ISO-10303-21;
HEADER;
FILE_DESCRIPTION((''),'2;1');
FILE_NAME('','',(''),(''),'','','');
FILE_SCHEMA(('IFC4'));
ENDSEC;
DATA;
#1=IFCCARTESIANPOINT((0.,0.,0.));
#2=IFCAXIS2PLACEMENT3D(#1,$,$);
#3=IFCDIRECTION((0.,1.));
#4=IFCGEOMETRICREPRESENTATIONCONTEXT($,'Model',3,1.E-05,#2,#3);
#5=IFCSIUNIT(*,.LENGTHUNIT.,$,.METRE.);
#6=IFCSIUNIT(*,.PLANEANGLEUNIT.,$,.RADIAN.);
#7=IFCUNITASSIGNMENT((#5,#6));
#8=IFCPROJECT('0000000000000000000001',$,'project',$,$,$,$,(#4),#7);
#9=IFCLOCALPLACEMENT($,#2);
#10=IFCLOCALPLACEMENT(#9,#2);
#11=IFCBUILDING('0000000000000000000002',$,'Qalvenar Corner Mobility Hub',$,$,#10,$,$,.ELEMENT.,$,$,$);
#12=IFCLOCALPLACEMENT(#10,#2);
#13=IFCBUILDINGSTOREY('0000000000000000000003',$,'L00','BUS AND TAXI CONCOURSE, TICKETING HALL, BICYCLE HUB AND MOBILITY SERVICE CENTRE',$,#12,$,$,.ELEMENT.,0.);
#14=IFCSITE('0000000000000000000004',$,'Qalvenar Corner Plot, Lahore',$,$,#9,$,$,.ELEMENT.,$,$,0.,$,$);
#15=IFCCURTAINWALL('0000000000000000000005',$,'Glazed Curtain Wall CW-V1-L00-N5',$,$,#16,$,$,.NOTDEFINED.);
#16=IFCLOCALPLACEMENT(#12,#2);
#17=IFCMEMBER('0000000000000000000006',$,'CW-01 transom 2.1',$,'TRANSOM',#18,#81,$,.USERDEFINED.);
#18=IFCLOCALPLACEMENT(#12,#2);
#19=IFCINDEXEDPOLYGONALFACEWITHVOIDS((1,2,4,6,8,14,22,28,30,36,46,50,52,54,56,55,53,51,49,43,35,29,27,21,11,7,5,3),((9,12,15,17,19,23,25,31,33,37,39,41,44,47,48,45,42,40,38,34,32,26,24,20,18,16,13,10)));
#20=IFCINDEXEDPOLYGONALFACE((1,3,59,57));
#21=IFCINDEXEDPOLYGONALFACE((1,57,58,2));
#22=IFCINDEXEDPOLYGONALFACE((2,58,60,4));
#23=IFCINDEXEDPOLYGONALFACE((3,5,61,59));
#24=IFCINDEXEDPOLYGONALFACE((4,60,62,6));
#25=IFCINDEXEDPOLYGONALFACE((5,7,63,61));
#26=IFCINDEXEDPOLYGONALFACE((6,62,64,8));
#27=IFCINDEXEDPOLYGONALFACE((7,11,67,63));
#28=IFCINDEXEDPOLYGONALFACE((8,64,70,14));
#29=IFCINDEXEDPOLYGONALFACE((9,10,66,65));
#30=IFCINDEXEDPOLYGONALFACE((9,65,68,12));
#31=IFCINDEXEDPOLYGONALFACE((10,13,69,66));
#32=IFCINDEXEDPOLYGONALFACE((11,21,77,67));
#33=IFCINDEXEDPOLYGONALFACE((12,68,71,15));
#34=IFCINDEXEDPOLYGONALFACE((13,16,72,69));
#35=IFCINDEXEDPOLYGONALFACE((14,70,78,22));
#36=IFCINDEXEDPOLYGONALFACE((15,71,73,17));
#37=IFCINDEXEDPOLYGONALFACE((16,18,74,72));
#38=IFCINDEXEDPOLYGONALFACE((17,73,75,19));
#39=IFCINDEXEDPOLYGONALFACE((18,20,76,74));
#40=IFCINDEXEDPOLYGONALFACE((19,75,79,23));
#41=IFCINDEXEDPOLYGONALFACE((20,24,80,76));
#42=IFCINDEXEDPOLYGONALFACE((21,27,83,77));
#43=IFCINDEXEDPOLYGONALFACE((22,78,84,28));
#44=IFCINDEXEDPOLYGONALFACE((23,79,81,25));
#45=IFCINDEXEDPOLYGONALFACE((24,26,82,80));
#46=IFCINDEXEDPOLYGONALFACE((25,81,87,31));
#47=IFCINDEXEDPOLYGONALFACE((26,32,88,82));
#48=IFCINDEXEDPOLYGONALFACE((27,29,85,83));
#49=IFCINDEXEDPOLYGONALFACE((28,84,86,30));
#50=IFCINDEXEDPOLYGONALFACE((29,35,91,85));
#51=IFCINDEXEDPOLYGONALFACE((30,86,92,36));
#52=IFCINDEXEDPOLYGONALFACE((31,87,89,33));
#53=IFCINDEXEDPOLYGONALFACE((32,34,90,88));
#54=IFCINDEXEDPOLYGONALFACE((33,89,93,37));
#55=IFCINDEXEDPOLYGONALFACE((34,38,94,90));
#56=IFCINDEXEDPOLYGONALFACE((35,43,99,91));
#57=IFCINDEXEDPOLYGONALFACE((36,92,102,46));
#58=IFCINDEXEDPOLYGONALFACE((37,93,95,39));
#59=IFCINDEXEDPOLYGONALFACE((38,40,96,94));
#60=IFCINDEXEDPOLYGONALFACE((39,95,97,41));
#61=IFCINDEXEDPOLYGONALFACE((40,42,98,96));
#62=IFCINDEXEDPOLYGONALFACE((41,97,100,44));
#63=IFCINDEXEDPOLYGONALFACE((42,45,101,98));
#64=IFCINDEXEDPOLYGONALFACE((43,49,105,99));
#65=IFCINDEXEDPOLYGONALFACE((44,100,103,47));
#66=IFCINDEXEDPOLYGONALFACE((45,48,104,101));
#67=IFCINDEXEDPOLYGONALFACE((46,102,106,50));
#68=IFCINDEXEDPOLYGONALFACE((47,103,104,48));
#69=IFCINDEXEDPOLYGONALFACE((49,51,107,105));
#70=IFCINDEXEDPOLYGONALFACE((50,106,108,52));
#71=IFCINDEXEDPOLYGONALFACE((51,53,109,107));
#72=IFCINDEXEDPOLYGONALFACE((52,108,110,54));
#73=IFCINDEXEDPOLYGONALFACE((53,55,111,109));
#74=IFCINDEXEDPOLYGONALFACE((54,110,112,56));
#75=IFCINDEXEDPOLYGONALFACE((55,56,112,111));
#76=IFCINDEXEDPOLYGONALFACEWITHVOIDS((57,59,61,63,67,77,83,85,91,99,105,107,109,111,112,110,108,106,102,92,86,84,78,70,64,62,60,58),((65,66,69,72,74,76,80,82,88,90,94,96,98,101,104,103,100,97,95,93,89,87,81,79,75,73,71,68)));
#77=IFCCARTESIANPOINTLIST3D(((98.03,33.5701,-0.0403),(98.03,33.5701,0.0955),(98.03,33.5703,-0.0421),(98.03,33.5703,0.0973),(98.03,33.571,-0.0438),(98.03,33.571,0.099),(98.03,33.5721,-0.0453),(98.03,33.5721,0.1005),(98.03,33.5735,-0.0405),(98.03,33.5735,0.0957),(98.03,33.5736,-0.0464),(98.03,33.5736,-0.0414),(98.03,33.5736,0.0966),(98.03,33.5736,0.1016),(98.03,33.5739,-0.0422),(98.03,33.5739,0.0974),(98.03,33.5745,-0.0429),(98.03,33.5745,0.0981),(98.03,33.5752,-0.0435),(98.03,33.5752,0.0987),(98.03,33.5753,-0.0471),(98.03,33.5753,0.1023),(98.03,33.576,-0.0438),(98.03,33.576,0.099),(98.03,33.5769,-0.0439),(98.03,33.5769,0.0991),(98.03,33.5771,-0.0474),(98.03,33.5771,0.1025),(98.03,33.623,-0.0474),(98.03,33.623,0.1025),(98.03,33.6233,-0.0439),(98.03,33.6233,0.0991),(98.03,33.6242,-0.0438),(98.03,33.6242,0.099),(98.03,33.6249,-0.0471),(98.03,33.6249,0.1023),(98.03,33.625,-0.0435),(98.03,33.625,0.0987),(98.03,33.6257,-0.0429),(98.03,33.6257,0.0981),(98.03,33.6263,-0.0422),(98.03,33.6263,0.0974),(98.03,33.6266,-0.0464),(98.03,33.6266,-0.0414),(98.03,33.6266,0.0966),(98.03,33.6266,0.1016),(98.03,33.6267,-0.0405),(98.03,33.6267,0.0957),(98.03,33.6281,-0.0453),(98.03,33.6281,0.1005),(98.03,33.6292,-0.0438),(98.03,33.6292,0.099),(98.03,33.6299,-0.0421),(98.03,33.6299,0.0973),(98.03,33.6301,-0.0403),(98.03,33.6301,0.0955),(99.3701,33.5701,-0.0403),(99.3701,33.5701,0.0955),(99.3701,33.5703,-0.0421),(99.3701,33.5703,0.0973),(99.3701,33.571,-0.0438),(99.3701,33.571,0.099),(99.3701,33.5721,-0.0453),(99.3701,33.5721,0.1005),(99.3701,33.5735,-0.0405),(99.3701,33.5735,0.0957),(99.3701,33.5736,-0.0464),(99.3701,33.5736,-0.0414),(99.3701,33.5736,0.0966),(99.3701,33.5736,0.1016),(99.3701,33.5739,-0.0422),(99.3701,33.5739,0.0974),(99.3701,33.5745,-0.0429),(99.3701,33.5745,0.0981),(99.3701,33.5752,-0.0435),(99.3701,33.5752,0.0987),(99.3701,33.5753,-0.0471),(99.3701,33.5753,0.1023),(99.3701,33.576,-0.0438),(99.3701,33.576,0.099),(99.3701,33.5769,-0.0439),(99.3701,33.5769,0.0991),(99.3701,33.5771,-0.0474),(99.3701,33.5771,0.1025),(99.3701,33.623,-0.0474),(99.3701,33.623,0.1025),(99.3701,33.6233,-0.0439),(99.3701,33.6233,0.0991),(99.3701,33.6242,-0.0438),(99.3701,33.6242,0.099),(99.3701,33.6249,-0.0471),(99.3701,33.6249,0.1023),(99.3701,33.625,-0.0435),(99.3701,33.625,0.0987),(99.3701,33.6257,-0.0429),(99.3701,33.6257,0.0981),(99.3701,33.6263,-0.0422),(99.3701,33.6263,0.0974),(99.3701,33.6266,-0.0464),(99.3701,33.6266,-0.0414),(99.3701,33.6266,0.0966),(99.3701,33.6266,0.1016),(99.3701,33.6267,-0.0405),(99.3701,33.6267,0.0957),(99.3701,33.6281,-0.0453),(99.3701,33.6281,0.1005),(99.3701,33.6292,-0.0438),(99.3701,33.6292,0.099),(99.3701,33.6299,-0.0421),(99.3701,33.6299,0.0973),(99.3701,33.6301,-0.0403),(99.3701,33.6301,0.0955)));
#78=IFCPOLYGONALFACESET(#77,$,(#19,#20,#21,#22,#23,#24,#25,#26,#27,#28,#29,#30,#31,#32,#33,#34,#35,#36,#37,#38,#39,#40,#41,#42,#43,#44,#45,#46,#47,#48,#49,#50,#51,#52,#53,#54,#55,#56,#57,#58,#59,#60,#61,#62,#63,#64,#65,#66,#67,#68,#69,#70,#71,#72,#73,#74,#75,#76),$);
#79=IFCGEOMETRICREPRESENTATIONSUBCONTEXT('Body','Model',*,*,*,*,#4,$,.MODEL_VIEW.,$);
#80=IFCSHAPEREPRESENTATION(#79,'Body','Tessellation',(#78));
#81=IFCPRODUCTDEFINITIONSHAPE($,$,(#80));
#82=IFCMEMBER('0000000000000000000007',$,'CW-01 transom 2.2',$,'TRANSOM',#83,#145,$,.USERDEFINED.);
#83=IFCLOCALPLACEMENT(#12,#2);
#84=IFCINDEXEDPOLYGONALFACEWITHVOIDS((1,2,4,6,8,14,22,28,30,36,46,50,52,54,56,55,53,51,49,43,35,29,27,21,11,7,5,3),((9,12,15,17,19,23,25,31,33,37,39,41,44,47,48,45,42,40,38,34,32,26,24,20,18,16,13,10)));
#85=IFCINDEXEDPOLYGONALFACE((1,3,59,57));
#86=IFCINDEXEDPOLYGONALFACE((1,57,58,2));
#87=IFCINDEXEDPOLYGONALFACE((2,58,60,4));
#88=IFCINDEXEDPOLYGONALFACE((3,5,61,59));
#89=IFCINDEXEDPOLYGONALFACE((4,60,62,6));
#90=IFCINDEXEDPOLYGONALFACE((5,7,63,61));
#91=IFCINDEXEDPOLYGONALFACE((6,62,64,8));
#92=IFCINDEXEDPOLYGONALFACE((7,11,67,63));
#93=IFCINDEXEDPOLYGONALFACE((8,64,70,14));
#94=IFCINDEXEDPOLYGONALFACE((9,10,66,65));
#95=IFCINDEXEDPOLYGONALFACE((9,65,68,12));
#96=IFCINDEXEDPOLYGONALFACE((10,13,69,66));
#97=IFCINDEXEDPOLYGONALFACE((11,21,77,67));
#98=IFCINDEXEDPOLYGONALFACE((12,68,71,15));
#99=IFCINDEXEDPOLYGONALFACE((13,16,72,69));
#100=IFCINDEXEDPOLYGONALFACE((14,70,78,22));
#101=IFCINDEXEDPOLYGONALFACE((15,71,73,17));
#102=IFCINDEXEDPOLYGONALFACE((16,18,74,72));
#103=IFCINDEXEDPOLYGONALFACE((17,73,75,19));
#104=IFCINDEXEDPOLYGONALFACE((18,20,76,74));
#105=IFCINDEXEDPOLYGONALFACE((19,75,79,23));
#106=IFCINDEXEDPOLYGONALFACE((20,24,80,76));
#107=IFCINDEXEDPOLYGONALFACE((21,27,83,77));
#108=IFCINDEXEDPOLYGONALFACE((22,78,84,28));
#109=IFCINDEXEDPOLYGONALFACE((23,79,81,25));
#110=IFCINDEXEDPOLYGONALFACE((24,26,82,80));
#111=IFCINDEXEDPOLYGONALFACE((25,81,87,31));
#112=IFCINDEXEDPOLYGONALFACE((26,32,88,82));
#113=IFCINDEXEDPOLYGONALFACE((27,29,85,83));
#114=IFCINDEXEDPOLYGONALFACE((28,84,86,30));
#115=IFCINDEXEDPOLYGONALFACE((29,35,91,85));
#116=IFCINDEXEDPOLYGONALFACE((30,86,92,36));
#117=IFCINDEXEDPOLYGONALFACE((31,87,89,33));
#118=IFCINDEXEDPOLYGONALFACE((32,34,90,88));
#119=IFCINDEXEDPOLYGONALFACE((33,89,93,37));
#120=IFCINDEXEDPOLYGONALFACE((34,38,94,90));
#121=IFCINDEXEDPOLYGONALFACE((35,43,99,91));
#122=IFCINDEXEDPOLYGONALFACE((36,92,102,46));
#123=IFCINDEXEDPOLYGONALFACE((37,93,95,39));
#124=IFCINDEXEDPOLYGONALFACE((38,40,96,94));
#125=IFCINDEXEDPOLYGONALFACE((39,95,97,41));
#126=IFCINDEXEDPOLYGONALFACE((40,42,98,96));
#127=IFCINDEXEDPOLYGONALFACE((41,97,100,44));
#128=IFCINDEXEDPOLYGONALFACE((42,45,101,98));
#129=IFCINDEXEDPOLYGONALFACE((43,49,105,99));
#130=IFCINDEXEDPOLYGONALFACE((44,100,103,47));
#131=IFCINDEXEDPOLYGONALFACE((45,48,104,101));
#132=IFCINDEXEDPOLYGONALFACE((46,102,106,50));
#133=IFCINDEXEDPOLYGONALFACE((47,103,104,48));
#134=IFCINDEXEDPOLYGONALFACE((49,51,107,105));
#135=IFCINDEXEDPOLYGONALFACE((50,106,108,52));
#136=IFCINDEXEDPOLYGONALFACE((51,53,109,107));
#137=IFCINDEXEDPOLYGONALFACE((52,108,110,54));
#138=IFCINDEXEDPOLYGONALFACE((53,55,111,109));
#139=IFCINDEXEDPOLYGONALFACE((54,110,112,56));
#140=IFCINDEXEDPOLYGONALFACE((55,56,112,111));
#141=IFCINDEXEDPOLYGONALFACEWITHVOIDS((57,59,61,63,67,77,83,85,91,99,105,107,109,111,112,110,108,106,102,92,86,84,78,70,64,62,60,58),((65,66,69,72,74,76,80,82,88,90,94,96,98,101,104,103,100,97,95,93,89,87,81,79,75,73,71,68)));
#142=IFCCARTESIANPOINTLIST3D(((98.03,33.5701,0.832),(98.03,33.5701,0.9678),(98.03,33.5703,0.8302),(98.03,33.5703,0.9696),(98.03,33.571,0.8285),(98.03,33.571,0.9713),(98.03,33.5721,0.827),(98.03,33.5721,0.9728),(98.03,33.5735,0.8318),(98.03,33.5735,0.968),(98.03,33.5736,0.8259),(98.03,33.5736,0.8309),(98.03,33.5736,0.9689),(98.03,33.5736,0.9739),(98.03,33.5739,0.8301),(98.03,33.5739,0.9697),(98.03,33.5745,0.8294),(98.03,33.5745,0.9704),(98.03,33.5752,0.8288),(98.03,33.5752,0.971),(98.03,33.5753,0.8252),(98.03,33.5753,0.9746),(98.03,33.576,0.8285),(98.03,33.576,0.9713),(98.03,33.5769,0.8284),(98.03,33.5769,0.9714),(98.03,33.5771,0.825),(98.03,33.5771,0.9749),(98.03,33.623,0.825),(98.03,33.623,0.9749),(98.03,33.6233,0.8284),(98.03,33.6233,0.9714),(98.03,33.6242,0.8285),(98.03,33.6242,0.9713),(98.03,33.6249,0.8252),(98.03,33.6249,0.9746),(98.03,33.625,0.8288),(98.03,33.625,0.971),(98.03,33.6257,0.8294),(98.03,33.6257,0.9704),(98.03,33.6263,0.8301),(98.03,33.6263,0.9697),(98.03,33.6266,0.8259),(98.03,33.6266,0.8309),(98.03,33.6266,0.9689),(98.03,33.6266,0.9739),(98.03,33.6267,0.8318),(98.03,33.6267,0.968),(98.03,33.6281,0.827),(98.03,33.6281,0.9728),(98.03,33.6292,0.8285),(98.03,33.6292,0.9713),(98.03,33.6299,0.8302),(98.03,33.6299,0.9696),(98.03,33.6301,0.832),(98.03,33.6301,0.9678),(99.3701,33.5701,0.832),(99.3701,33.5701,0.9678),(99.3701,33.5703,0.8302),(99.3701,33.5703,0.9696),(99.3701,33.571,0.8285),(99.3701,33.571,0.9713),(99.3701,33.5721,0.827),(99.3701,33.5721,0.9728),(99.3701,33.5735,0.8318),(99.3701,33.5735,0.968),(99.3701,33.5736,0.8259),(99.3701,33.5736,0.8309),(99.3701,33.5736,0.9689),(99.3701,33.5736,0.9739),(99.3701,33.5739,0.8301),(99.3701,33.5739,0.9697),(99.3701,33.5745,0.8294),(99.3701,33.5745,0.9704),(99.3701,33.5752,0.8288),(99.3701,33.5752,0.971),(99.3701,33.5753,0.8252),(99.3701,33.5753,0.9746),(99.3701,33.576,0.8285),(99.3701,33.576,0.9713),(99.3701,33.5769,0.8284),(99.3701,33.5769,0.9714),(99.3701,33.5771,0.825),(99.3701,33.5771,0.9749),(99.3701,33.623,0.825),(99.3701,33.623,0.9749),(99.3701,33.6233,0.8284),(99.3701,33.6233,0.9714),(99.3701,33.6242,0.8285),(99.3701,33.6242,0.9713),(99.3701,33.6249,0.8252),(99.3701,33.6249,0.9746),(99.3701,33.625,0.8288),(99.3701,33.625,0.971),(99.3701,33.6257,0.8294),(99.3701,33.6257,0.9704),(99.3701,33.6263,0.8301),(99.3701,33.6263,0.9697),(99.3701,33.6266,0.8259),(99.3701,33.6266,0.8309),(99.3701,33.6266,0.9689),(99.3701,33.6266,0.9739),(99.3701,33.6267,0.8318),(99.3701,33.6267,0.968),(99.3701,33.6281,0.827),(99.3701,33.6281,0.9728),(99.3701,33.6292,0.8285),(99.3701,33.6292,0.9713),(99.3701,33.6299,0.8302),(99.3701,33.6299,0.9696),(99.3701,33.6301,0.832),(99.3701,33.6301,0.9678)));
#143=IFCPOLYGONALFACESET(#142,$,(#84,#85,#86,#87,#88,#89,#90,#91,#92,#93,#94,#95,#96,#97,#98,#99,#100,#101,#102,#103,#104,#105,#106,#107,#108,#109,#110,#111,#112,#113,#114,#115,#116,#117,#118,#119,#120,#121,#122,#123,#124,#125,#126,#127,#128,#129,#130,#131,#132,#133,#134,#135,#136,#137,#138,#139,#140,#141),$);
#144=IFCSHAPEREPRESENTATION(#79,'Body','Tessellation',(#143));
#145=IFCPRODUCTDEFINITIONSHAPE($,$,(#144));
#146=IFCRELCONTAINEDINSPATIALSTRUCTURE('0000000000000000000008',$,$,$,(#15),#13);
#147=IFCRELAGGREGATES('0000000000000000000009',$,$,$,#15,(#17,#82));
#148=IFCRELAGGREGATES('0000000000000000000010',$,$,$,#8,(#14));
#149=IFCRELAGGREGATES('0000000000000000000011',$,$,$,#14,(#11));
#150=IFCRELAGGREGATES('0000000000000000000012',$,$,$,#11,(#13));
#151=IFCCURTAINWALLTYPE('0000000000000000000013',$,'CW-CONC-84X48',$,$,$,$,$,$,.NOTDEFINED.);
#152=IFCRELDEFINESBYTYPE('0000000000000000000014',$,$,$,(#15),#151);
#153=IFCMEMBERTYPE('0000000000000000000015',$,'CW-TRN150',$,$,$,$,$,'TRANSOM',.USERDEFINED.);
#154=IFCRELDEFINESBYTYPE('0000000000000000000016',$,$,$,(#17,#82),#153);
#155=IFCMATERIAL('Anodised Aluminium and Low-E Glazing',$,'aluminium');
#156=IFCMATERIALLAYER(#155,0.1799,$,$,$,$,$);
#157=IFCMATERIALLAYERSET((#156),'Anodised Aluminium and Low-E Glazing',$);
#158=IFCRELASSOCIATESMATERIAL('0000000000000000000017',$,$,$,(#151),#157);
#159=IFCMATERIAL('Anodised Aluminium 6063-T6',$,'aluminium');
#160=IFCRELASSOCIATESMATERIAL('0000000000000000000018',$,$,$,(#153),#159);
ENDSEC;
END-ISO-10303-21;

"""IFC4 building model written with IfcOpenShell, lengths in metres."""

from ifc_helpers import new_model, si_unit, direction, frame, origin, origin_2d, place, context, subcontext, project, spatial, hollow_rectangle, extrude, material, layer, layer_set, material_profile, profile_set, type_object, element, aggregate, save


model = new_model("IFC4")

# Units and contexts
model_context = context("Model", 3, precision=1e-05, world=origin(), true_north=direction((0.0, 1.0)))
body_context = subcontext(model_context, "Body", "Model", "MODEL_VIEW")
ifc_project = project(units=[si_unit("LENGTHUNIT", "METRE"), si_unit("PLANEANGLEUNIT", "RADIAN")], contexts=[model_context])

# Site, building, storey
site_placement = place(None, origin())
site = spatial("IfcSite", under=ifc_project, at=site_placement, Name="Qalvenar Corner Plot, Lahore", CompositionType="ELEMENT", RefElevation=0.0)
building_placement = place(site_placement, origin())
building = spatial("IfcBuilding", under=site, at=building_placement, Name="Qalvenar Corner Mobility Hub", CompositionType="ELEMENT")
storey_placement = place(building_placement, origin())
storey = spatial("IfcBuildingStorey", under=building, at=storey_placement, Name="L00", Description="BUS AND TAXI CONCOURSE, TICKETING HALL, BICYCLE HUB AND MOBILITY SERVICE CENTRE", CompositionType="ELEMENT", Elevation=0.0)

# Curtain wall, members
ifc_material_1 = material(Name="Anodised Aluminium and Low-E Glazing", Category="aluminium")
ifc_layer_1 = layer(ifc_material_1, 0.1799)
ifc_layer_set_1 = layer_set([ifc_layer_1], Name="Anodised Aluminium and Low-E Glazing")
curtain_wall_type = type_object("IfcCurtainWallType", Name="CW-CONC-84X48", PredefinedType="NOTDEFINED", material=ifc_layer_set_1)
curtain_wall_placement = place(storey_placement, origin())
curtain_wall = element("IfcCurtainWall", 1, at=curtain_wall_placement, inside=storey, type_object=curtain_wall_type, Name="Glazed Curtain Wall CW-V1-L00-N5", PredefinedType="NOTDEFINED")
ifc_material_2 = material(Name="Anodised Aluminium 6063-T6", Category="aluminium")
ifc_material_profile_1 = material_profile(ifc_material_2, hollow_rectangle(XDim=0.0601, YDim=0.1499, WallThickness=0.0034, InnerFilletRadius=0.0034, OuterFilletRadius=0.0071, at=origin_2d()), Name="RHS150x60x3.5")
ifc_profile_set_1 = profile_set([ifc_material_profile_1], Name="Anodised Aluminium 6063-T6")
member_type_1 = type_object("IfcMemberType", Name="CW-TRN150", ElementType="TRANSOM", PredefinedType="USERDEFINED", material=ifc_profile_set_1)
member_1_placement = place(storey_placement, frame((99.3701, 33.6001, 0.0276), z_axis=(-1.0, 0.0, 0.0), x_axis=(0.0, -1.0, 0.0)))
member_1 = element("IfcMember", 2, at=member_1_placement, type_object=member_type_1, Name="CW-01 transom 2.1", ObjectType="TRANSOM", PredefinedType="USERDEFINED", context=body_context, shape_type="SweptSolid", body=[
    extrude(hollow_rectangle(XDim=0.0601, YDim=0.1499, WallThickness=0.0034, InnerFilletRadius=0.0034, OuterFilletRadius=0.0071, at=origin_2d()), origin(), (0.0, 0.0, 1.0), 1.3401),
])
member_2_placement = place(storey_placement, frame((99.3701, 33.6001, 0.8999), z_axis=(-1.0, 0.0, 0.0), x_axis=(0.0, -1.0, 0.0)))
member_2 = element("IfcMember", 3, at=member_2_placement, type_object=member_type_1, Name="CW-01 transom 2.2", ObjectType="TRANSOM", PredefinedType="USERDEFINED", context=body_context, shape_type="SweptSolid", body=[
    extrude(hollow_rectangle(XDim=0.0601, YDim=0.1499, WallThickness=0.0034, InnerFilletRadius=0.0034, OuterFilletRadius=0.0071, at=origin_2d()), origin(), (0.0, 0.0, 1.0), 1.3401),
])
aggregate(curtain_wall, [member_1, member_2])

save(model, "model.ifc")
